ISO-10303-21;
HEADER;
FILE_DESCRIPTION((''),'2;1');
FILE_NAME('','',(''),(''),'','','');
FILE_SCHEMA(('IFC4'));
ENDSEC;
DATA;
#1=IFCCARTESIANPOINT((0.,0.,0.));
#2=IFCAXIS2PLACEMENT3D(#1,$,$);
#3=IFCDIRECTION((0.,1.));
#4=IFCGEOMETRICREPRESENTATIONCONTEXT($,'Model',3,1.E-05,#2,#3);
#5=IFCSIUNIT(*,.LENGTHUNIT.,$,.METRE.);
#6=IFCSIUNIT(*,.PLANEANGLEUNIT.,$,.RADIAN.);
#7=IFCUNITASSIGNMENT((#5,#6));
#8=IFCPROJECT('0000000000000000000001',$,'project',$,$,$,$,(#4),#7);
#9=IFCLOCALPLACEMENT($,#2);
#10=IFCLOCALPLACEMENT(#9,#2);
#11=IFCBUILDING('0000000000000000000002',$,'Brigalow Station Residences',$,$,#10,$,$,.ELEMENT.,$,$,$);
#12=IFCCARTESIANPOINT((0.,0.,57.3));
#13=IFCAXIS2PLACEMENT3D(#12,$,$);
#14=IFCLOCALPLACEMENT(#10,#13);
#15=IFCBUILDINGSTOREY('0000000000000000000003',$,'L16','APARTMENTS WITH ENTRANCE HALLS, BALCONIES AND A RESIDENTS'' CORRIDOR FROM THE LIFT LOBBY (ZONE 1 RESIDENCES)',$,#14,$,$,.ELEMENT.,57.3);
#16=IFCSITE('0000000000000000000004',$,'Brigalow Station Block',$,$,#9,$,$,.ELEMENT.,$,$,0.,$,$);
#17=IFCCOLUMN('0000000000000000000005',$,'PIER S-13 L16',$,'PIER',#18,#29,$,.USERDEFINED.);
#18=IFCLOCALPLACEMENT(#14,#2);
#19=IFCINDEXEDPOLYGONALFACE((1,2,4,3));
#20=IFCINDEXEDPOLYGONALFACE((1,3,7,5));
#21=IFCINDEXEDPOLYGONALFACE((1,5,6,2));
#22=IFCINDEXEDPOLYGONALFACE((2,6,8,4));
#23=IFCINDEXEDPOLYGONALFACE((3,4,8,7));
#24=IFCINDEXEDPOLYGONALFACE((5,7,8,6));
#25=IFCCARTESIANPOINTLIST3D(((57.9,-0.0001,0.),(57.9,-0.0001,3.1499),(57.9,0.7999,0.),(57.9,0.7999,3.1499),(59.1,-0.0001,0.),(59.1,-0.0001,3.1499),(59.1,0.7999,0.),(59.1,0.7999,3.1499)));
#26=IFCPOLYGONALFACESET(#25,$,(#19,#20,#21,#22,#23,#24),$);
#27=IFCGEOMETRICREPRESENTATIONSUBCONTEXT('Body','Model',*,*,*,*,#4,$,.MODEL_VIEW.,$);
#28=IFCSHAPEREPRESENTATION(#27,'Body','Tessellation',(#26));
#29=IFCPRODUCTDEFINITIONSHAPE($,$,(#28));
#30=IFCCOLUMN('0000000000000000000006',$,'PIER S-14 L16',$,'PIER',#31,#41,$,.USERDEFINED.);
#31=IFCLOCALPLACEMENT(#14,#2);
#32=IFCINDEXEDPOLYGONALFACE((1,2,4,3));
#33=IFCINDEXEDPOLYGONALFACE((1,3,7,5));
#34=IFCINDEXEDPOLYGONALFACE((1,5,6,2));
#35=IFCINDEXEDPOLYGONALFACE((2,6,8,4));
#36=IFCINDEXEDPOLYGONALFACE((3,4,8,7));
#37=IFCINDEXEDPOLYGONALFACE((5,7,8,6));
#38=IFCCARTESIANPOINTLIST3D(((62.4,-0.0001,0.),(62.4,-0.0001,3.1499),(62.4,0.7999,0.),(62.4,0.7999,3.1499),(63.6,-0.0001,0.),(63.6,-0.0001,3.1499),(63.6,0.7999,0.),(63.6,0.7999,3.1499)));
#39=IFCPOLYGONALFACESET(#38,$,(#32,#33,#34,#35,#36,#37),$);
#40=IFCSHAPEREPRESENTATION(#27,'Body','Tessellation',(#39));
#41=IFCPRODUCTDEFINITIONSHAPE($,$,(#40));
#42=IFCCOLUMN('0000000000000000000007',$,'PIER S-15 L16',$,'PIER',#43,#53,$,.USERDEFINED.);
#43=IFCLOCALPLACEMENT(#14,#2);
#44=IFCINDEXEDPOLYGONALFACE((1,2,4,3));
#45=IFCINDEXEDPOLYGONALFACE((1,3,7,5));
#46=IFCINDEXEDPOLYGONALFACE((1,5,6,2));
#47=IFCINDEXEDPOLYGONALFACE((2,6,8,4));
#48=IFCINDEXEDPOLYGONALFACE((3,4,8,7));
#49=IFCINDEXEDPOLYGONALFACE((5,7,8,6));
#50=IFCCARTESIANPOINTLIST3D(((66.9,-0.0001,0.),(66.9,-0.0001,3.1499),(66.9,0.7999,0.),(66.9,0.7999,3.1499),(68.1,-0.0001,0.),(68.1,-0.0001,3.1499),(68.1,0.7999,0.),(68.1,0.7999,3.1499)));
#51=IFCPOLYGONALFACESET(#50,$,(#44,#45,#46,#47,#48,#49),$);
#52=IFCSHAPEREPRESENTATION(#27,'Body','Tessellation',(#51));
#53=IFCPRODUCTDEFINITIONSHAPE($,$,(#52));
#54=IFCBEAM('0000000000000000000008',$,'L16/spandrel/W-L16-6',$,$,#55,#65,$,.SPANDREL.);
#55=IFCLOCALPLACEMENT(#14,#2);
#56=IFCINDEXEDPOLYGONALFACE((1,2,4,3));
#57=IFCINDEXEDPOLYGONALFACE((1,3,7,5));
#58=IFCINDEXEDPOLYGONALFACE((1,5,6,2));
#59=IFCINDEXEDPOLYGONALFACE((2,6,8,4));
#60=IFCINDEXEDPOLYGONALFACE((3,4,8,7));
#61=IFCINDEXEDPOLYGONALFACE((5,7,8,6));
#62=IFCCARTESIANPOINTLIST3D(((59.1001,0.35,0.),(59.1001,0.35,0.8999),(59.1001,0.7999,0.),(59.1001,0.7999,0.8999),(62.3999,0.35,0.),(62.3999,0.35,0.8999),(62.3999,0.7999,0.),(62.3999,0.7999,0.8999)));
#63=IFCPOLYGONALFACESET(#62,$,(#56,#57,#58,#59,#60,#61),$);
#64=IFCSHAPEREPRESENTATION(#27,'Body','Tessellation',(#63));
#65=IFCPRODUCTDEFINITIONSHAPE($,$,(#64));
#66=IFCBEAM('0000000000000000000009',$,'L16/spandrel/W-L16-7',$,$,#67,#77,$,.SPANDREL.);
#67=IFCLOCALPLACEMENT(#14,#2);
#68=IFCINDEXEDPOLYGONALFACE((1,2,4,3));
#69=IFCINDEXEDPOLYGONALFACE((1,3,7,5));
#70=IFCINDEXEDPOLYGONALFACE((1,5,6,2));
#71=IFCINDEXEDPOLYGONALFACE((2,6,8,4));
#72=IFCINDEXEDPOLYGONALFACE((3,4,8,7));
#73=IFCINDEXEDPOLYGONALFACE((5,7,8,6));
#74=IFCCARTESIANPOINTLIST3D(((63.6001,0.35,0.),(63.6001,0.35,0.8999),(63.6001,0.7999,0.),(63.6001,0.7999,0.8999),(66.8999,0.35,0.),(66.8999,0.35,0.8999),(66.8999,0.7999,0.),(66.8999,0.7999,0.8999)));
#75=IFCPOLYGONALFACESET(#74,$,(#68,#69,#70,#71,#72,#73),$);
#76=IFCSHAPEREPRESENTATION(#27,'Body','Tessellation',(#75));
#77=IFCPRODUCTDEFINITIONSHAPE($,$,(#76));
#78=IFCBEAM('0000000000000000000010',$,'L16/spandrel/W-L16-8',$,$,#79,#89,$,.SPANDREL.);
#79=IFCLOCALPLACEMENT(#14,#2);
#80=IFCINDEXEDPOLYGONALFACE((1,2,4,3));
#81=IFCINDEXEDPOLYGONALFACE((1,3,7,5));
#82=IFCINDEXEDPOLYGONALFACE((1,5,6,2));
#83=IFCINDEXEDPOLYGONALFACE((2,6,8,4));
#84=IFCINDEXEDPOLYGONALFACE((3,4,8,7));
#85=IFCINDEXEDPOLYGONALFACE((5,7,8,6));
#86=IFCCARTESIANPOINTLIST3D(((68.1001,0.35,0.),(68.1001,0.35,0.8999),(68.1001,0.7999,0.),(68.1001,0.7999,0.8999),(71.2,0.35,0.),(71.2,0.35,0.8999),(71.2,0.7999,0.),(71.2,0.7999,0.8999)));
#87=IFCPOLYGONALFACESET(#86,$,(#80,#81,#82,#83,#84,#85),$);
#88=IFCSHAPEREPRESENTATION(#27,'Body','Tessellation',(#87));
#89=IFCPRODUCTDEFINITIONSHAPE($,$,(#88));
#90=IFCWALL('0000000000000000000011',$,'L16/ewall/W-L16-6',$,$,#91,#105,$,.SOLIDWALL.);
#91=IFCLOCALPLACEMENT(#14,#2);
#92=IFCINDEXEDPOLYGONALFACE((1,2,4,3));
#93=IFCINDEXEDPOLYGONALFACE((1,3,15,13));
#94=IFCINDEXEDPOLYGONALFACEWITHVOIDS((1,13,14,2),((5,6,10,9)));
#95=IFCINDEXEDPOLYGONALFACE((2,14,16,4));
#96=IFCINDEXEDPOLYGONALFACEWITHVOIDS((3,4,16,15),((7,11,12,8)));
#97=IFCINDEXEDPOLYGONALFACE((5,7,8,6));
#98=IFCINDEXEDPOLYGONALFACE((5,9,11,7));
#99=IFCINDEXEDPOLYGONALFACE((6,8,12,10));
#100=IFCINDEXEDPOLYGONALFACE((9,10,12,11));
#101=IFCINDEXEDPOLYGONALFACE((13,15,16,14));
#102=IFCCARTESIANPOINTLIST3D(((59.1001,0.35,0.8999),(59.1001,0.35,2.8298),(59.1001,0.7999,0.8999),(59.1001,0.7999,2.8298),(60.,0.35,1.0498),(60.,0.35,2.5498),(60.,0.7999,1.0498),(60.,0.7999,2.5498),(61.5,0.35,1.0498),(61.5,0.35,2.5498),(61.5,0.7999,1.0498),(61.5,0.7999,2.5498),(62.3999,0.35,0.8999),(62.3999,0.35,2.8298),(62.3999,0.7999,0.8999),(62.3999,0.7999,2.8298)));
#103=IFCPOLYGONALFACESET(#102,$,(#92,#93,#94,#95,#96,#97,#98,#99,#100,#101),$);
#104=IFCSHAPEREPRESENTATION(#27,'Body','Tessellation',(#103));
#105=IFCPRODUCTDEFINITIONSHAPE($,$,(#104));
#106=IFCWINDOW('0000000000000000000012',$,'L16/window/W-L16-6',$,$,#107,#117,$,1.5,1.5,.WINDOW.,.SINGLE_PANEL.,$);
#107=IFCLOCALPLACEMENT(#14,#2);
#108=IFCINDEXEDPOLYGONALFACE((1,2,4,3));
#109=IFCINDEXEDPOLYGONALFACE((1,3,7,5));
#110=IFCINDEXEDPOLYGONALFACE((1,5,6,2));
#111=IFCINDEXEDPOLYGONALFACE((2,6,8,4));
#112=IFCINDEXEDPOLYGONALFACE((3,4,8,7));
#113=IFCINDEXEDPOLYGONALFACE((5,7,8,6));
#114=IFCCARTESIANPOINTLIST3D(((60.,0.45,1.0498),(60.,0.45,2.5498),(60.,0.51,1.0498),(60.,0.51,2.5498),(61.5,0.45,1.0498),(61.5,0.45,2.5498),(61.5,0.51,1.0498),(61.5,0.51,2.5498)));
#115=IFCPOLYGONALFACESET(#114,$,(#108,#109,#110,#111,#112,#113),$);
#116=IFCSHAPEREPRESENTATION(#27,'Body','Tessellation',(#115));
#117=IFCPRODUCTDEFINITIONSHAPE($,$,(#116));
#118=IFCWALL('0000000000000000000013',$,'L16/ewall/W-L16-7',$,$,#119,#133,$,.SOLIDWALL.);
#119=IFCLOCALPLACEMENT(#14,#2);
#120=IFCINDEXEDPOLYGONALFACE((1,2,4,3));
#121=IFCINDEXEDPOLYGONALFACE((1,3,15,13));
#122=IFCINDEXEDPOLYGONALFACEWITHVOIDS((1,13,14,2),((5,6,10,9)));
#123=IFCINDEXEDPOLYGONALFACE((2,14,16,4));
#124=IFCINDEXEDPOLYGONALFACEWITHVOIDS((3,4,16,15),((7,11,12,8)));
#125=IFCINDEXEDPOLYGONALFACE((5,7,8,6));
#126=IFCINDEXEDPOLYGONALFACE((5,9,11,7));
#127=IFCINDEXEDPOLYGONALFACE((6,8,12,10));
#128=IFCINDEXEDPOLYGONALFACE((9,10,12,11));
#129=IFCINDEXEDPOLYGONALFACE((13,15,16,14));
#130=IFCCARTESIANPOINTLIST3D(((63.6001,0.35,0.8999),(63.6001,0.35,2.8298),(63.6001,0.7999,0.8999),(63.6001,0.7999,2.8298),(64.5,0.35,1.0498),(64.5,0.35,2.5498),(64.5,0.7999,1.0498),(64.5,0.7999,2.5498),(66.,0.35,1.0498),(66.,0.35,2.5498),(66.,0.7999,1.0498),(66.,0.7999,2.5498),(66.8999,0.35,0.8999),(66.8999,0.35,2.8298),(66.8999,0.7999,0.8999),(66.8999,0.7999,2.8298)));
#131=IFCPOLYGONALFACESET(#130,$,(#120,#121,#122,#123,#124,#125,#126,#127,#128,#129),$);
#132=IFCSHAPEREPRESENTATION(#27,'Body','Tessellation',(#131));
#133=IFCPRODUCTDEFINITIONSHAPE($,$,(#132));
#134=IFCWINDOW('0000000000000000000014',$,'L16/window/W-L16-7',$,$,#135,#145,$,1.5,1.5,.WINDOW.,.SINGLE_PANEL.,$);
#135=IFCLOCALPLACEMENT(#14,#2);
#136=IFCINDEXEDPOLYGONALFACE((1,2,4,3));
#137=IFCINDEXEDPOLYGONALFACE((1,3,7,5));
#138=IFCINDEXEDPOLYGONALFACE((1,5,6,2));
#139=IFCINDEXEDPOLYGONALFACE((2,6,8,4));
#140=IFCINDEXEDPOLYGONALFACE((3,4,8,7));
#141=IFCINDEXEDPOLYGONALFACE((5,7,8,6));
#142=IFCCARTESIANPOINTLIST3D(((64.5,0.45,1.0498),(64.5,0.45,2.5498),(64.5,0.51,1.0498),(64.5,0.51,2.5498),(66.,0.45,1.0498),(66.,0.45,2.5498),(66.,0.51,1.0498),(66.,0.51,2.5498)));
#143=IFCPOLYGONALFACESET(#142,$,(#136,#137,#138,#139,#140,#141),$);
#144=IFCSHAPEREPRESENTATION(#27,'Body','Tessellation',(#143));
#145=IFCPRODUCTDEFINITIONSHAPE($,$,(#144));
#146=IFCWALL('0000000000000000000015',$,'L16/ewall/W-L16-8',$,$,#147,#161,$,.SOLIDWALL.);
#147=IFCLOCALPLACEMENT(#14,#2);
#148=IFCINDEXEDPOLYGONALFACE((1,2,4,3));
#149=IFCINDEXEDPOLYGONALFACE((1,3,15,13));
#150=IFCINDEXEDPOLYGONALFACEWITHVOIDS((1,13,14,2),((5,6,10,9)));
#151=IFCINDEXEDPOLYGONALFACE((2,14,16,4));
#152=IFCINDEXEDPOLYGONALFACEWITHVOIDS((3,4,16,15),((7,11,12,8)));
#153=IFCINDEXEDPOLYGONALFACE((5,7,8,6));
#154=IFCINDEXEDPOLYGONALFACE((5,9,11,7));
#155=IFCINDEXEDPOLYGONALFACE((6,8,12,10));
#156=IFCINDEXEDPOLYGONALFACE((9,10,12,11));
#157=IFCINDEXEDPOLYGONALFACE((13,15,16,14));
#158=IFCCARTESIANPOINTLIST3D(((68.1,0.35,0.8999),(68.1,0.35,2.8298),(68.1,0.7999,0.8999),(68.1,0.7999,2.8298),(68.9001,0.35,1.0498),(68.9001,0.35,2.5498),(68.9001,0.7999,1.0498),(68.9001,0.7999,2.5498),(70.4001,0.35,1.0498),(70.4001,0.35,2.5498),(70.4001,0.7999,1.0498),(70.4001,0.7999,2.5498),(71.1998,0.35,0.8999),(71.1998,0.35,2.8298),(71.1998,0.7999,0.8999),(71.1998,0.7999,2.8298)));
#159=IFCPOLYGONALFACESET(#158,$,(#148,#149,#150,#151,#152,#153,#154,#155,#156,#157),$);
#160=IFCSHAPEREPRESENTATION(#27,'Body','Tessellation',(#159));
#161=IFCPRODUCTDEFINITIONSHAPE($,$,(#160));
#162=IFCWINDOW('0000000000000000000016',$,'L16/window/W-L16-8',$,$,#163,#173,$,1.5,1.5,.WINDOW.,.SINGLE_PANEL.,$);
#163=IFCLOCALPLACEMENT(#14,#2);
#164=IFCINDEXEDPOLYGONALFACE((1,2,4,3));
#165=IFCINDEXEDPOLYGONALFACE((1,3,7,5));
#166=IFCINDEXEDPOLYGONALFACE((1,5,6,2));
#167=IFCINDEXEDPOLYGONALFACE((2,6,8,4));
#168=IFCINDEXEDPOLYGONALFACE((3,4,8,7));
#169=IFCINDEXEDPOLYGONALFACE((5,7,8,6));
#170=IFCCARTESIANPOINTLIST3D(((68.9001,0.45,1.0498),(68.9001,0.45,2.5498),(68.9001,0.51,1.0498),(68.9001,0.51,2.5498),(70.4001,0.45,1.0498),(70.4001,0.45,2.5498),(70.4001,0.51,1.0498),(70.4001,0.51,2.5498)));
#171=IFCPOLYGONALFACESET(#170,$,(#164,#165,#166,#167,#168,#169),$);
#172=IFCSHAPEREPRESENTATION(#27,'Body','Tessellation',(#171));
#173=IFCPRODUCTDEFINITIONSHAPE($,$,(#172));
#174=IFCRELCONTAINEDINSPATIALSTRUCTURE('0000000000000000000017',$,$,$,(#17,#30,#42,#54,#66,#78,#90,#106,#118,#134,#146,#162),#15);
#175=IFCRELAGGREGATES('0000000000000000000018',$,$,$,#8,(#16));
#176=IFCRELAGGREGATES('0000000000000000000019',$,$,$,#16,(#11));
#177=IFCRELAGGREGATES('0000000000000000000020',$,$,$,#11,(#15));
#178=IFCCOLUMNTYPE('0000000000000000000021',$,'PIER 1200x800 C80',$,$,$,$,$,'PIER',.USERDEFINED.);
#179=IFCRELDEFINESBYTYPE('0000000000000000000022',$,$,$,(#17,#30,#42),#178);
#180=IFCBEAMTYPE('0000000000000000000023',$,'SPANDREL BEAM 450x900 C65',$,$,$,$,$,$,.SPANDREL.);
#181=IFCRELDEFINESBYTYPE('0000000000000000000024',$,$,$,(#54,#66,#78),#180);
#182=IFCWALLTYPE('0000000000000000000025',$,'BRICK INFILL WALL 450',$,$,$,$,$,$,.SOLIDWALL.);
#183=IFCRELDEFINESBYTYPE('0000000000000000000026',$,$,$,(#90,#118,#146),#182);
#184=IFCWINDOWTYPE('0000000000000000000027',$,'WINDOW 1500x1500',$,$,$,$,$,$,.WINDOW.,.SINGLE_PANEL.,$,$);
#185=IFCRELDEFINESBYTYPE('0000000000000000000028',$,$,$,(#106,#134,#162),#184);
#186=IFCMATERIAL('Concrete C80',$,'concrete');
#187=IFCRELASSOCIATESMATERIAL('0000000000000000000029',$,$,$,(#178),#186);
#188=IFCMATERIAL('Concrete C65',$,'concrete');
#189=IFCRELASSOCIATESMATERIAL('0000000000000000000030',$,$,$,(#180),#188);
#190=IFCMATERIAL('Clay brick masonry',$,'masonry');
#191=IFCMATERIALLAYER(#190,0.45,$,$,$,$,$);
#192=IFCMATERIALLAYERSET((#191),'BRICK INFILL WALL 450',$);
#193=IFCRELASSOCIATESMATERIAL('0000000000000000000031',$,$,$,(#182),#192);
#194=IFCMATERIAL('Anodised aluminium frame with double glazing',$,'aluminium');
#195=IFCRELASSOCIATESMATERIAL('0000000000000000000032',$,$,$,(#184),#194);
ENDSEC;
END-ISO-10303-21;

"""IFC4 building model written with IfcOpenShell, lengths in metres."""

from ifc_helpers import new_model, si_unit, direction, frame, frame_2d, origin, origin_2d, place, context, subcontext, project, spatial, rectangle, extrude, material, layer, layer_set, material_profile, profile_set, type_object, element, fill, save


model = new_model("IFC4")

# Units and contexts
model_context = context("Model", 3, precision=1e-05, world=origin(), true_north=direction((0.0, 1.0)))
body_context = subcontext(model_context, "Body", "Model", "MODEL_VIEW")
ifc_project = project(units=[si_unit("LENGTHUNIT", "METRE"), si_unit("PLANEANGLEUNIT", "RADIAN")], contexts=[model_context])

# Site, building, storey
site_placement = place(None, origin())
site = spatial("IfcSite", under=ifc_project, at=site_placement, Name="Brigalow Station Block", CompositionType="ELEMENT", RefElevation=0.0)
building_placement = place(site_placement, origin())
building = spatial("IfcBuilding", under=site, at=building_placement, Name="Brigalow Station Residences", CompositionType="ELEMENT")
storey_placement = place(building_placement, frame((0.0, 0.0, 57.3)))
storey = spatial("IfcBuildingStorey", under=building, at=storey_placement, Name="L16", Description="APARTMENTS WITH ENTRANCE HALLS, BALCONIES AND A RESIDENTS' CORRIDOR FROM THE LIFT LOBBY (ZONE 1 RESIDENCES)", CompositionType="ELEMENT", Elevation=57.3)

# Columns
ifc_material_1 = material(Name="Concrete C80", Category="concrete")
ifc_material_profile_1 = material_profile(ifc_material_1, rectangle(XDim=1.2, YDim=0.8, at=origin_2d()), Name="RC1200x800")
ifc_profile_set_1 = profile_set([ifc_material_profile_1], Name="Concrete C80")
column_type = type_object("IfcColumnType", Name="PIER 1200x800 C80", ElementType="PIER", PredefinedType="USERDEFINED", material=ifc_profile_set_1)
for number, where, z_axis, x_axis, name in (
    (1, (58.5, 0.3999, 0.0), (0.0, 0.0, 1.0), (1.0, 0.0, 0.0), "PIER S-13 L16"),
    (2, (63.0, 0.3999, 0.0), (0.0, 0.0, 1.0), (1.0, 0.0, 0.0), "PIER S-14 L16"),
    (3, (67.5, 0.3999, 0.0), (0.0, 0.0, 1.0), (1.0, 0.0, 0.0), "PIER S-15 L16"),
):
    element("IfcColumn", number, at=place(storey_placement, frame(where, z_axis=z_axis, x_axis=x_axis)), inside=storey, type_object=column_type, Name=name, ObjectType="PIER", PredefinedType="USERDEFINED", context=body_context, shape_type="SweptSolid", body=[
        extrude(rectangle(XDim=1.2, YDim=0.8, at=origin_2d()), origin(), (0.0, 0.0, 1.0), 3.1499),
    ])

# Beams
ifc_material_2 = material(Name="Concrete C65", Category="concrete")
ifc_material_profile_2 = material_profile(ifc_material_2, rectangle(XDim=0.45, YDim=0.8999, at=origin_2d()), Name="RC450x900")
ifc_profile_set_2 = profile_set([ifc_material_profile_2], Name="Concrete C65")
beam_type = type_object("IfcBeamType", Name="SPANDREL BEAM 450x900 C65", PredefinedType="SPANDREL", material=ifc_profile_set_2)
for number, where, z_axis, x_axis, name in (
    (4, (59.1001, 0.575, 0.45), (1.0, 0.0, 0.0), (0.0, 1.0, 0.0), "L16/spandrel/W-L16-6"),
    (5, (63.6001, 0.575, 0.45), (1.0, 0.0, 0.0), (0.0, 1.0, 0.0), "L16/spandrel/W-L16-7"),
):
    element("IfcBeam", number, at=place(storey_placement, frame(where, z_axis=z_axis, x_axis=x_axis)), inside=storey, type_object=beam_type, Name=name, PredefinedType="SPANDREL", context=body_context, shape_type="SweptSolid", body=[
        extrude(rectangle(XDim=0.45, YDim=0.8999, at=origin_2d()), origin(), (0.0, 0.0, 1.0), 3.2998),
    ])
beam_placement = place(storey_placement, frame((68.1001, 0.575, 0.45), z_axis=(1.0, 0.0, 0.0), x_axis=(0.0, 1.0, 0.0)))
element("IfcBeam", 6, at=beam_placement, inside=storey, type_object=beam_type, Name="L16/spandrel/W-L16-8", PredefinedType="SPANDREL", context=body_context, shape_type="SweptSolid", body=[
    extrude(rectangle(XDim=0.45, YDim=0.8999, at=origin_2d()), origin(), (0.0, 0.0, 1.0), 3.0999),
])

# Walls, openings, windows
ifc_material_3 = material(Name="Clay brick masonry", Category="masonry")
ifc_layer_1 = layer(ifc_material_3, 0.45)
ifc_layer_set_1 = layer_set([ifc_layer_1], Name="BRICK INFILL WALL 450")
wall_type_1 = type_object("IfcWallType", Name="BRICK INFILL WALL 450", PredefinedType="SOLIDWALL", material=ifc_layer_set_1)
wall_1_placement = place(storey_placement, frame((59.1001, 0.575, 0.8999), z_axis=(0.0, 0.0, 1.0), x_axis=(1.0, 0.0, 0.0)))
wall_1 = element("IfcWall", 7, at=wall_1_placement, inside=storey, type_object=wall_type_1, Name="L16/ewall/W-L16-6", PredefinedType="SOLIDWALL", context=body_context, shape_type="SweptSolid", body=[
    extrude(rectangle(XDim=3.2998, YDim=0.45, at=frame_2d((1.6499, 0.0))), origin(), (0.0, 0.0, 1.0), 1.9299),
])
opening_1_placement = place(wall_1_placement, frame((0.8999, 0.0, 0.1499)))
opening_1 = element("IfcOpeningElement", 8, at=opening_1_placement, cuts=wall_1, PredefinedType="OPENING", context=body_context, shape_type="SweptSolid", body=[
    extrude(rectangle(XDim=1.5, YDim=1.5, at=frame_2d((0.75, 0.75))), frame((0.0, 0.2349, 0.0), z_axis=(0.0, -1.0, 0.0), x_axis=(1.0, 0.0, 0.0)), (0.0, 0.0, 1.0), 0.47),
])
ifc_material_4 = material(Name="Anodised aluminium frame with double glazing", Category="aluminium")
window_type = type_object("IfcWindowType", Name="WINDOW 1500x1500", PartitioningType="SINGLE_PANEL", PredefinedType="WINDOW", material=ifc_material_4)
window_1_placement = place(opening_1_placement, origin())
window_1 = element("IfcWindow", 9, at=window_1_placement, inside=storey, type_object=window_type, Name="L16/window/W-L16-6", OverallHeight=1.5, OverallWidth=1.5, PartitioningType="SINGLE_PANEL", PredefinedType="WINDOW", context=body_context, shape_type="SweptSolid", body=[
    extrude(rectangle(XDim=1.5, YDim=1.5, at=frame_2d((0.75, 0.75))), frame((0.0, -0.0649, 0.0), z_axis=(0.0, -1.0, 0.0), x_axis=(1.0, 0.0, 0.0)), (0.0, 0.0, 1.0), 0.0601),
])
fill(opening_1, window_1)
wall_2_placement = place(storey_placement, frame((63.6001, 0.575, 0.8999), z_axis=(0.0, 0.0, 1.0), x_axis=(1.0, 0.0, 0.0)))
wall_2 = element("IfcWall", 10, at=wall_2_placement, inside=storey, type_object=wall_type_1, Name="L16/ewall/W-L16-7", PredefinedType="SOLIDWALL", context=body_context, shape_type="SweptSolid", body=[
    extrude(rectangle(XDim=3.2998, YDim=0.45, at=frame_2d((1.6499, 0.0))), origin(), (0.0, 0.0, 1.0), 1.9299),
])
opening_2_placement = place(wall_2_placement, frame((0.8999, 0.0, 0.1499)))
opening_2 = element("IfcOpeningElement", 11, at=opening_2_placement, cuts=wall_2, PredefinedType="OPENING", context=body_context, shape_type="SweptSolid", body=[
    extrude(rectangle(XDim=1.5, YDim=1.5, at=frame_2d((0.75, 0.75))), frame((0.0, 0.2349, 0.0), z_axis=(0.0, -1.0, 0.0), x_axis=(1.0, 0.0, 0.0)), (0.0, 0.0, 1.0), 0.47),
])
window_2_placement = place(opening_2_placement, origin())
window_2 = element("IfcWindow", 12, at=window_2_placement, inside=storey, type_object=window_type, Name="L16/window/W-L16-7", OverallHeight=1.5, OverallWidth=1.5, PartitioningType="SINGLE_PANEL", PredefinedType="WINDOW", context=body_context, shape_type="SweptSolid", body=[
    extrude(rectangle(XDim=1.5, YDim=1.5, at=frame_2d((0.75, 0.75))), frame((0.0, -0.0649, 0.0), z_axis=(0.0, -1.0, 0.0), x_axis=(1.0, 0.0, 0.0)), (0.0, 0.0, 1.0), 0.0601),
])
fill(opening_2, window_2)
wall_3_placement = place(storey_placement, frame((68.1001, 0.575, 0.8999), z_axis=(0.0, 0.0, 1.0), x_axis=(1.0, 0.0, 0.0)))
wall_3 = element("IfcWall", 13, at=wall_3_placement, inside=storey, type_object=wall_type_1, Name="L16/ewall/W-L16-8", PredefinedType="SOLIDWALL", context=body_context, shape_type="SweptSolid", body=[
    extrude(rectangle(XDim=3.0999, YDim=0.45, at=frame_2d((1.5498, 0.0))), origin(), (0.0, 0.0, 1.0), 1.9299),
])
opening_3_placement = place(wall_3_placement, frame((0.8, 0.0, 0.1499)))
opening_3 = element("IfcOpeningElement", 14, at=opening_3_placement, cuts=wall_3, PredefinedType="OPENING", context=body_context, shape_type="SweptSolid", body=[
    extrude(rectangle(XDim=1.5, YDim=1.5, at=frame_2d((0.75, 0.75))), frame((0.0, 0.2349, 0.0), z_axis=(0.0, -1.0, 0.0), x_axis=(1.0, 0.0, 0.0)), (0.0, 0.0, 1.0), 0.47),
])
window_3_placement = place(opening_3_placement, origin())
window_3 = element("IfcWindow", 15, at=window_3_placement, inside=storey, type_object=window_type, Name="L16/window/W-L16-8", OverallHeight=1.5, OverallWidth=1.5, PartitioningType="SINGLE_PANEL", PredefinedType="WINDOW", context=body_context, shape_type="SweptSolid", body=[
    extrude(rectangle(XDim=1.5, YDim=1.5, at=frame_2d((0.75, 0.75))), frame((0.0, -0.0649, 0.0), z_axis=(0.0, -1.0, 0.0), x_axis=(1.0, 0.0, 0.0)), (0.0, 0.0, 1.0), 0.0601),
])
fill(opening_3, window_3)

save(model, "model.ifc")
